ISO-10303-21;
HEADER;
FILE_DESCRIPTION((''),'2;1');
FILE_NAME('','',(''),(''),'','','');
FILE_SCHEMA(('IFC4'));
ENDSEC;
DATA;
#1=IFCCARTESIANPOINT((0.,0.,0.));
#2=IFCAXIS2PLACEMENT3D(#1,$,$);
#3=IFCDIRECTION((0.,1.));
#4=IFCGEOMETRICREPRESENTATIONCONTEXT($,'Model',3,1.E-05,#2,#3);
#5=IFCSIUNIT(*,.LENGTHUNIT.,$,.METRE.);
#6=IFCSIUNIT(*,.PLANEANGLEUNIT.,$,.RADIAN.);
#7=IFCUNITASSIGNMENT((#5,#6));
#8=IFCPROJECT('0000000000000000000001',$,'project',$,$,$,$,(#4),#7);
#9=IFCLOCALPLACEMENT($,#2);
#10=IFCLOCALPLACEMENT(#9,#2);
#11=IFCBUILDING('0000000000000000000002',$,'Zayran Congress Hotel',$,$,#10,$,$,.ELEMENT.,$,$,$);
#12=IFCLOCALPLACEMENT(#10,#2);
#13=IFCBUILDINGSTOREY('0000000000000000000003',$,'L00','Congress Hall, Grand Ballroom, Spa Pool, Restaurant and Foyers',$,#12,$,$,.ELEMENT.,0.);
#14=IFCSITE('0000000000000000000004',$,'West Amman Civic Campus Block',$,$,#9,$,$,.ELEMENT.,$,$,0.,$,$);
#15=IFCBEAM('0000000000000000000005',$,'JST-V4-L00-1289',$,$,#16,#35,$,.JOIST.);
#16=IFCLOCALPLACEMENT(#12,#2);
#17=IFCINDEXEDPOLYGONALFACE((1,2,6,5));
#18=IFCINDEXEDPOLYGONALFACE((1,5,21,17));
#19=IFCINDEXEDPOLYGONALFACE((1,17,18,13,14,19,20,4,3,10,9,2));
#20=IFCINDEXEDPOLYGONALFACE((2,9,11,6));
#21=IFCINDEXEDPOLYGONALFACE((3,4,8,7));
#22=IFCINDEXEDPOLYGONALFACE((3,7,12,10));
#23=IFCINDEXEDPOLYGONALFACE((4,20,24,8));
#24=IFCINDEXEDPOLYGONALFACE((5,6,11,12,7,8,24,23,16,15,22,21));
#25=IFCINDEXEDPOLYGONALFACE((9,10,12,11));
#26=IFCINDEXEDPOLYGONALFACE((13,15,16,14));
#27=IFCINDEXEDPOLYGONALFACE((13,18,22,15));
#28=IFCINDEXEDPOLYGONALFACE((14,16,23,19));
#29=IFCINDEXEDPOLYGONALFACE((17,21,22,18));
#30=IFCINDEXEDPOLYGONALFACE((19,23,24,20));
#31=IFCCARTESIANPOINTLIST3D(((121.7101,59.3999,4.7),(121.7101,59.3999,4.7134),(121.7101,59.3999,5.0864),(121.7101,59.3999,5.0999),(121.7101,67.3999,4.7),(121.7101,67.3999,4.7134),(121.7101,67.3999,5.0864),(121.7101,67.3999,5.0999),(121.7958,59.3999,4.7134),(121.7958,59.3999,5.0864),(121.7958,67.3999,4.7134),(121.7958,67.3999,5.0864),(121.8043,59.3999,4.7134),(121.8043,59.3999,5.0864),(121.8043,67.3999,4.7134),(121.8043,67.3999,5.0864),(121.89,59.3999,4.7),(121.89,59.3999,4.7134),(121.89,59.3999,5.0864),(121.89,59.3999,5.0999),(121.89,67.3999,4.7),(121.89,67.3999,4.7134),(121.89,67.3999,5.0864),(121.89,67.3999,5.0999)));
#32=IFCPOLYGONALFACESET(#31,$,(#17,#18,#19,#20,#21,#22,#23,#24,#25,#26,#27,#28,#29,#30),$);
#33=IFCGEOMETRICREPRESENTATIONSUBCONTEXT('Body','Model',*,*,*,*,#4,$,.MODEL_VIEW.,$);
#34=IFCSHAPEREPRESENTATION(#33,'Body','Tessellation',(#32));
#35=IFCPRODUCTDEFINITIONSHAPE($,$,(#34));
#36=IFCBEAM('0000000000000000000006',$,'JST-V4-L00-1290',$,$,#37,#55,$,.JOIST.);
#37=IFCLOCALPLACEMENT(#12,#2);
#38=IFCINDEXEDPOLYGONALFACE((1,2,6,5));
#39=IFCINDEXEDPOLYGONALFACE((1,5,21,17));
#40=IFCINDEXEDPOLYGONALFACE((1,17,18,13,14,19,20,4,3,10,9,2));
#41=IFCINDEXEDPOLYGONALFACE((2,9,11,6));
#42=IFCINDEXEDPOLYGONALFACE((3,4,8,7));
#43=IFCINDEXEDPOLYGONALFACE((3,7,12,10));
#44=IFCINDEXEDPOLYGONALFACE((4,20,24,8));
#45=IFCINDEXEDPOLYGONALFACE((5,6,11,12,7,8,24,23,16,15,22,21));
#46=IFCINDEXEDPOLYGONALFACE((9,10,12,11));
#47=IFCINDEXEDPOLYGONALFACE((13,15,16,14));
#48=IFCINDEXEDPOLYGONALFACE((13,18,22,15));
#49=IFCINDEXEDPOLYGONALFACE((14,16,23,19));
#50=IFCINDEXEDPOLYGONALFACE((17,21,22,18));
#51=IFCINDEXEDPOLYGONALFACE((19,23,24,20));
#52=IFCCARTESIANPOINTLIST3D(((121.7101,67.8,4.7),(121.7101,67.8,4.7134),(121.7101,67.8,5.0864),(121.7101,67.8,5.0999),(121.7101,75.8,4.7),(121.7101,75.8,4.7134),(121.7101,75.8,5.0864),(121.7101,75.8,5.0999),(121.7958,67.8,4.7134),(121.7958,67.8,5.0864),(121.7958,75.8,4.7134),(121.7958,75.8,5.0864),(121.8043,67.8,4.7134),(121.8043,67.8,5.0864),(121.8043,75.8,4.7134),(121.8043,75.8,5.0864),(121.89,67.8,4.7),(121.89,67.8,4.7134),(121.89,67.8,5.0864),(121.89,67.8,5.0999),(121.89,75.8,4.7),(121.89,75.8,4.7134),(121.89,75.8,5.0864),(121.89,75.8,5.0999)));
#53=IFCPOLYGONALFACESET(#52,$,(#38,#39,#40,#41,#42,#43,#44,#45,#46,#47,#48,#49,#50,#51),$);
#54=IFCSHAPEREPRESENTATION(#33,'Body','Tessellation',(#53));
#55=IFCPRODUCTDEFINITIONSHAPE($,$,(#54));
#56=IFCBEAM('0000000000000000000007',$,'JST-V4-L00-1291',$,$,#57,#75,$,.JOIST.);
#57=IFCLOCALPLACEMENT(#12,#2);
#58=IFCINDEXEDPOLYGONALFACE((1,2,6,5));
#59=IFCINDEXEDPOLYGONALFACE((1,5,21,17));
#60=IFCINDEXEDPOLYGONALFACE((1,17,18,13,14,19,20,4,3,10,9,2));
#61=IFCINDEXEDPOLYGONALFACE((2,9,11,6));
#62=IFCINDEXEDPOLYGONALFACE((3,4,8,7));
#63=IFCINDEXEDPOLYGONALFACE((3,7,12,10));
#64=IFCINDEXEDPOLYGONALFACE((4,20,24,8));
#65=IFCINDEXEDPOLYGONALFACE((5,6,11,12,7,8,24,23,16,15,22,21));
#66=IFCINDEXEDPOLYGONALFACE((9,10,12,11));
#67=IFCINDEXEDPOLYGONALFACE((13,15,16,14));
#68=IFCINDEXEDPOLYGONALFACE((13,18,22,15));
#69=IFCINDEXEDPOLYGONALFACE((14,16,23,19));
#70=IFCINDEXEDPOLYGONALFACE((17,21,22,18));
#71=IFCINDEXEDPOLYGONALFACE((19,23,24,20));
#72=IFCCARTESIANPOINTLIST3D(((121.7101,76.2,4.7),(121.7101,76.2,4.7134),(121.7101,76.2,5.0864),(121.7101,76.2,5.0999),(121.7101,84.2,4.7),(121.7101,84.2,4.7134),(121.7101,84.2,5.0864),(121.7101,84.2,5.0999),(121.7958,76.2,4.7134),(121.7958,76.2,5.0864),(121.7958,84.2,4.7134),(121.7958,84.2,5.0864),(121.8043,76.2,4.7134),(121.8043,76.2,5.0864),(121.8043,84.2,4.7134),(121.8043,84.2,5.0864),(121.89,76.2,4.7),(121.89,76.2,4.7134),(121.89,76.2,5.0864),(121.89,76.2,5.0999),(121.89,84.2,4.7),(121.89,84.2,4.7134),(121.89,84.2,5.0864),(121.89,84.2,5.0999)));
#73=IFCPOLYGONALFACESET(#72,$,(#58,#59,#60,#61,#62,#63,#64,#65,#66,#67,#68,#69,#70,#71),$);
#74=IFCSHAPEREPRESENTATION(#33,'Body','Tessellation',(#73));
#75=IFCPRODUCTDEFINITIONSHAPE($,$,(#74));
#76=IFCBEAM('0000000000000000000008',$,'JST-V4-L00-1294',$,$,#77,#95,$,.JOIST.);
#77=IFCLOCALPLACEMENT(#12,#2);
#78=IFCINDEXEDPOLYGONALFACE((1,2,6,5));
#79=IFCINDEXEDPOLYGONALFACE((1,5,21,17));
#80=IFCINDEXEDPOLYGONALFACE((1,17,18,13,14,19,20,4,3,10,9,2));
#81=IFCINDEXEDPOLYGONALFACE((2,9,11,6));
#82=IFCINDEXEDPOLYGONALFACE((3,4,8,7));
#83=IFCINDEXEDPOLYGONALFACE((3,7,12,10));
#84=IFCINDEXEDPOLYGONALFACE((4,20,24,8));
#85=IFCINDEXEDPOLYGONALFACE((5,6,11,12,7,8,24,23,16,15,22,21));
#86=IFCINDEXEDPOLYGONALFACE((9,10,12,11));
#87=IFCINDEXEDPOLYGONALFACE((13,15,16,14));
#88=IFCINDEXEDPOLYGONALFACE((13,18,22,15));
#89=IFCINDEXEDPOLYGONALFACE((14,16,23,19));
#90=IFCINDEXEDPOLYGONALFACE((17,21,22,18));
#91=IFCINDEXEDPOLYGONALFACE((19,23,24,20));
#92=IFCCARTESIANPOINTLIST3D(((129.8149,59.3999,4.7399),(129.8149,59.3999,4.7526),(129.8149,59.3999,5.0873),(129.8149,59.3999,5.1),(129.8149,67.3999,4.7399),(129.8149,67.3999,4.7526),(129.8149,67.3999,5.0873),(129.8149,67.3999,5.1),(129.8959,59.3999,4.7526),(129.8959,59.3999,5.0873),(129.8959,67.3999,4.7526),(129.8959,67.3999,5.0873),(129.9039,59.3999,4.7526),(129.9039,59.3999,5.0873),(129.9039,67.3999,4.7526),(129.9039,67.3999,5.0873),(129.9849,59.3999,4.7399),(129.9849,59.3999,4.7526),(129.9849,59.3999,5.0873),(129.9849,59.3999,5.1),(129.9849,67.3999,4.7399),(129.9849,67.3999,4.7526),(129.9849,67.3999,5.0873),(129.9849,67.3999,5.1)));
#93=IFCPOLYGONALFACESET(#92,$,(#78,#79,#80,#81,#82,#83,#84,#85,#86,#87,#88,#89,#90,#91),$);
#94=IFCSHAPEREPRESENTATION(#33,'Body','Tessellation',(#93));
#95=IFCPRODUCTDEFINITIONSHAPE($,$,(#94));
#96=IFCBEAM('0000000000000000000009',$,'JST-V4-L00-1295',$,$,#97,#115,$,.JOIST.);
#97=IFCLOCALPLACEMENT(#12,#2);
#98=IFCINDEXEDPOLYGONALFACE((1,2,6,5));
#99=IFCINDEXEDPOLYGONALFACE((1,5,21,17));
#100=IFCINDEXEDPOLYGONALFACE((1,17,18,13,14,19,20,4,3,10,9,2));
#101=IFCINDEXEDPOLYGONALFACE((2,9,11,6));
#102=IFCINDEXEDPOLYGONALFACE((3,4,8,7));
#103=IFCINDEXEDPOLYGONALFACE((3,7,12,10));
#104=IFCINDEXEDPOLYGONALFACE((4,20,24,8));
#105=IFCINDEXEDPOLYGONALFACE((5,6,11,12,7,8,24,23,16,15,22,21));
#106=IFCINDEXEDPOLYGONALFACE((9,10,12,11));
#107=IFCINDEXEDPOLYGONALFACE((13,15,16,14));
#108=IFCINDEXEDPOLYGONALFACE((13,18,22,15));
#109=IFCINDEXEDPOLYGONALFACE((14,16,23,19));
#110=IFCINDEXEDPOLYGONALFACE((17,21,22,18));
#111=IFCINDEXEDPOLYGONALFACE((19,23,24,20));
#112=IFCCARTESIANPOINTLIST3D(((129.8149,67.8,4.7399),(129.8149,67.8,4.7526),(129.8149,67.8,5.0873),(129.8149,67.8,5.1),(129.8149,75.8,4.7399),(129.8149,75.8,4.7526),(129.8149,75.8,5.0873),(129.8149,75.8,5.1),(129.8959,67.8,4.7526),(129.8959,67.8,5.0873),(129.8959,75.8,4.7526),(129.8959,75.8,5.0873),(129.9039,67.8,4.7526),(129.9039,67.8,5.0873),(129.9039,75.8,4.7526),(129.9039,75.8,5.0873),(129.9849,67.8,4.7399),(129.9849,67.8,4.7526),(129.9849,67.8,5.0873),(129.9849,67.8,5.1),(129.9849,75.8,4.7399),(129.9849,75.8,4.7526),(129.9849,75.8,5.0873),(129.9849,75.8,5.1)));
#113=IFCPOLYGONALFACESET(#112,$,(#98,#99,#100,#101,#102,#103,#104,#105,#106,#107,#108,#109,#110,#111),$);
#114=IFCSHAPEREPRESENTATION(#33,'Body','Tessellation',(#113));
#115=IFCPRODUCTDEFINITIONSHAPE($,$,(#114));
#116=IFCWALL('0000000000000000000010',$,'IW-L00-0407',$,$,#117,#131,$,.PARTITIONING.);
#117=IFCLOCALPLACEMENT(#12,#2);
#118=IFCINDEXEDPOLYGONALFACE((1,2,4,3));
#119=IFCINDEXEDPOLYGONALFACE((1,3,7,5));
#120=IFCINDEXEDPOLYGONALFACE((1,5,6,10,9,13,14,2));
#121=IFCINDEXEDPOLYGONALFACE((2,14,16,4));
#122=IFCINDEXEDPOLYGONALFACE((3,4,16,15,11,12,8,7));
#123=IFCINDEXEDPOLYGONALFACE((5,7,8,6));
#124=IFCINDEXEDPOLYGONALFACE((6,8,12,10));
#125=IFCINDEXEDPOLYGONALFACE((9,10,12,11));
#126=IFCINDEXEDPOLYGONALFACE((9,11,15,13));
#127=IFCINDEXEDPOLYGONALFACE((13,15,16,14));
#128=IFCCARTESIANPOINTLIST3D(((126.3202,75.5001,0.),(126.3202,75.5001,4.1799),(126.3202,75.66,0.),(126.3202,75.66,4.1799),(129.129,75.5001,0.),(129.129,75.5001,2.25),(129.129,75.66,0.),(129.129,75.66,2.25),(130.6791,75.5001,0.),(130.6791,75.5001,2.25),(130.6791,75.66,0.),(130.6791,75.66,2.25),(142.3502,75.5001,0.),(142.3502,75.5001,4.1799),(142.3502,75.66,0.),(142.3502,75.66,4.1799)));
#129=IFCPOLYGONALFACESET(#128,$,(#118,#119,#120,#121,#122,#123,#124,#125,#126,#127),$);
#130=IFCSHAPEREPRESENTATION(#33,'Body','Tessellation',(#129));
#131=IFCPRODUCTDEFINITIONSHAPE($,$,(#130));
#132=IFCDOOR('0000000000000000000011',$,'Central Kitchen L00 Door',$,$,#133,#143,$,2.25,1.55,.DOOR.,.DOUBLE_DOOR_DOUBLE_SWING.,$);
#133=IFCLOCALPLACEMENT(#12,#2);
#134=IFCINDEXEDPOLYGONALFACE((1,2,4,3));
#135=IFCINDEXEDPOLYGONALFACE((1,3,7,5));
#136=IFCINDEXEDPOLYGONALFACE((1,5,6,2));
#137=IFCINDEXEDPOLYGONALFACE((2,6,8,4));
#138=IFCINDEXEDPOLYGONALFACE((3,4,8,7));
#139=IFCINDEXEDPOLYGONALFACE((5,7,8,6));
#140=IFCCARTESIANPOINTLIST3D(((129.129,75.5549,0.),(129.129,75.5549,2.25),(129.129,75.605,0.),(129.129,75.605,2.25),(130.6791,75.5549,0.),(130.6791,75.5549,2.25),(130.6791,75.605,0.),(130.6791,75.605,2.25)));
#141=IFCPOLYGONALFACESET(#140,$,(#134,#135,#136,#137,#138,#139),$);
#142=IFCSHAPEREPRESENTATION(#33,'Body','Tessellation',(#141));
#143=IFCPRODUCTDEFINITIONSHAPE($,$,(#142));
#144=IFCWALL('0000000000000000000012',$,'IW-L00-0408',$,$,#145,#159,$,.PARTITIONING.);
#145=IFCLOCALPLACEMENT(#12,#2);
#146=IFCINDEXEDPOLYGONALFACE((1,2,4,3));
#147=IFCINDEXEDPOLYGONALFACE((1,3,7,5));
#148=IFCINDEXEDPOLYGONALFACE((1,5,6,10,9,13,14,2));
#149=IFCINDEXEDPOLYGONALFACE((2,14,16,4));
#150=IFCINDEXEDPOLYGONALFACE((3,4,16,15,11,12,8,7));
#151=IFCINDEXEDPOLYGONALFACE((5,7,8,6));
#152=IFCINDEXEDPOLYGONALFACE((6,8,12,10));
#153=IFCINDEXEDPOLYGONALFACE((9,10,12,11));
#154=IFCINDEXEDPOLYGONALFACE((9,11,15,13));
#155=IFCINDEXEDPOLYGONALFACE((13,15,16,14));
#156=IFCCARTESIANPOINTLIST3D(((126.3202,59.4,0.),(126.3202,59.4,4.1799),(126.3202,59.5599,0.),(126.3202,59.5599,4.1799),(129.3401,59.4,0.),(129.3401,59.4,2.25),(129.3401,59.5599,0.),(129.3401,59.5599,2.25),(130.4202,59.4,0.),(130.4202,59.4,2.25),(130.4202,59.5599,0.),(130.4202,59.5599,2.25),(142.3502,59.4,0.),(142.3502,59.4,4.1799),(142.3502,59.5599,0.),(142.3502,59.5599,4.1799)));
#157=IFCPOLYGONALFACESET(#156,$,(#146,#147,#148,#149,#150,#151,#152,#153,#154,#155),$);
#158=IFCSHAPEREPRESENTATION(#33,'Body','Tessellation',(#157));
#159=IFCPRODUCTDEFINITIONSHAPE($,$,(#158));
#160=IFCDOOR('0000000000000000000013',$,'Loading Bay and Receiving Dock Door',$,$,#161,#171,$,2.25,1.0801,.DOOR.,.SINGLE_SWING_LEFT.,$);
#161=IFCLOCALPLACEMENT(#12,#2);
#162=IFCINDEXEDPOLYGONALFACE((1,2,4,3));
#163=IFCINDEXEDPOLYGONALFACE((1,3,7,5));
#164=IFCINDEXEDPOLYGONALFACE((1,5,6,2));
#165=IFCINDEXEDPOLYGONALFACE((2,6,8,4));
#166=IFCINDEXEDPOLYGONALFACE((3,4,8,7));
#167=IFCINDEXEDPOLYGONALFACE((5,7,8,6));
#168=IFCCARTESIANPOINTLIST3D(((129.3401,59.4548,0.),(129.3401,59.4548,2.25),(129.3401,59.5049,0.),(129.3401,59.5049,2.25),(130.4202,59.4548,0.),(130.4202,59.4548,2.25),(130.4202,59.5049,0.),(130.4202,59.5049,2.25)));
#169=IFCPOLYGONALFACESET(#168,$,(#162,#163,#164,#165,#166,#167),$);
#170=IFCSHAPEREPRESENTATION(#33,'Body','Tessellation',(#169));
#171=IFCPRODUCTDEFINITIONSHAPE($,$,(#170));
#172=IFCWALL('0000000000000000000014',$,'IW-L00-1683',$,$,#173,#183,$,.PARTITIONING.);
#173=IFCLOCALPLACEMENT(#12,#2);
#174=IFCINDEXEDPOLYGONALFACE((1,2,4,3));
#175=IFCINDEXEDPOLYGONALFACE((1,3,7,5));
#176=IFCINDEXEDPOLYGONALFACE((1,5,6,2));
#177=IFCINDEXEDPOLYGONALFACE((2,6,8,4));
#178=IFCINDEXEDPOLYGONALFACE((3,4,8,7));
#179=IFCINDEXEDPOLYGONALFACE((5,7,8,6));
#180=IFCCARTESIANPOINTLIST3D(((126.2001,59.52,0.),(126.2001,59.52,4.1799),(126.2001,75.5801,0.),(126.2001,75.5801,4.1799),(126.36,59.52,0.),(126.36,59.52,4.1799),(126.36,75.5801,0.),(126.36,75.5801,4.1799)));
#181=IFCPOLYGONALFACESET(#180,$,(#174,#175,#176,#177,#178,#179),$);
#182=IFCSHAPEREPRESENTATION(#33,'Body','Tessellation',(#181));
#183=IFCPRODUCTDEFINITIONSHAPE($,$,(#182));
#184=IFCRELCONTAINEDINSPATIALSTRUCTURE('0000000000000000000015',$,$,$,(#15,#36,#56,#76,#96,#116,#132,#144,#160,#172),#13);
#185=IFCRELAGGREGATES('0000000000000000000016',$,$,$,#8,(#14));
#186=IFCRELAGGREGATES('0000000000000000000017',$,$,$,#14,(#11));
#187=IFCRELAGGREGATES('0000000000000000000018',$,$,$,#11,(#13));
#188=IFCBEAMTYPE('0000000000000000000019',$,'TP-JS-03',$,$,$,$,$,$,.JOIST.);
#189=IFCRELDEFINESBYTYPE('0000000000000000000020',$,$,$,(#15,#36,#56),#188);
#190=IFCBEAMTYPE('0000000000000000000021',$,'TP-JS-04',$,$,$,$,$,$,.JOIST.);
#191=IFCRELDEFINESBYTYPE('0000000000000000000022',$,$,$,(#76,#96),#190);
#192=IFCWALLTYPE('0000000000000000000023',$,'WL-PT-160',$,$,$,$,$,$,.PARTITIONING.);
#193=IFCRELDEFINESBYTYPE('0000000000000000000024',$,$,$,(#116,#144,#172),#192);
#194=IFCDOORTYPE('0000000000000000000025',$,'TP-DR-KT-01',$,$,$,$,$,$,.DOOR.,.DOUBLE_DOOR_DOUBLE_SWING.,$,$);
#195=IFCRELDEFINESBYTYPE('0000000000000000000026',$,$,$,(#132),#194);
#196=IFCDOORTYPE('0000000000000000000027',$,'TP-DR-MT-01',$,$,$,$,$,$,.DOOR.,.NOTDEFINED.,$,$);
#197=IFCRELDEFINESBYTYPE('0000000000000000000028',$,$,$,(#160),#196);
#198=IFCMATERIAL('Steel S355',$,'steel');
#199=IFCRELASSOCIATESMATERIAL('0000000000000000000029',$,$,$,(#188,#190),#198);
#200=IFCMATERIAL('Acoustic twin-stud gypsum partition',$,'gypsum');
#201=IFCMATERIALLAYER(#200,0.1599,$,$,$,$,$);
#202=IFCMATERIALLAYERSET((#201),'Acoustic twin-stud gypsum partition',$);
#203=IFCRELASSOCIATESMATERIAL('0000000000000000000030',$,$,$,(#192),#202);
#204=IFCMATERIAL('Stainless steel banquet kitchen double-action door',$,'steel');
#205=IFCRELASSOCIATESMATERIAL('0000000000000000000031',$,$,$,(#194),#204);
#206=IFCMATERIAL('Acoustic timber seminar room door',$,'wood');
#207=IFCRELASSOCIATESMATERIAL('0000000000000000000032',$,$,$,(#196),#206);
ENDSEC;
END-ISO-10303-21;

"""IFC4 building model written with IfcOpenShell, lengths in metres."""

from ifc_helpers import new_model, si_unit, direction, frame, frame_2d, origin, origin_2d, place, context, subcontext, project, spatial, rectangle, i_section, extrude, material, layer, layer_set, material_profile, profile_set, type_object, element, fill, save


model = new_model("IFC4")

# Units and contexts
model_context = context("Model", 3, precision=1e-05, world=origin(), true_north=direction((0.0, 1.0)))
body_context = subcontext(model_context, "Body", "Model", "MODEL_VIEW")
ifc_project = project(units=[si_unit("LENGTHUNIT", "METRE"), si_unit("PLANEANGLEUNIT", "RADIAN")], contexts=[model_context])

# Site, building, storey
site_placement = place(None, origin())
site = spatial("IfcSite", under=ifc_project, at=site_placement, Name="West Amman Civic Campus Block", CompositionType="ELEMENT", RefElevation=0.0)
building_placement = place(site_placement, origin())
building = spatial("IfcBuilding", under=site, at=building_placement, Name="Zayran Congress Hotel", CompositionType="ELEMENT")
storey_placement = place(building_placement, origin())
storey = spatial("IfcBuildingStorey", under=building, at=storey_placement, Name="L00", Description="Congress Hall, Grand Ballroom, Spa Pool, Restaurant and Foyers", CompositionType="ELEMENT", Elevation=0.0)

# Beams
ifc_material_1 = material(Name="Steel S355", Category="steel")
ifc_material_profile_1 = material_profile(ifc_material_1, i_section(OverallWidth=0.1799, OverallDepth=0.3999, WebThickness=0.0085, FlangeThickness=0.0134, at=origin_2d()), Name="IPE 400")
ifc_profile_set_1 = profile_set([ifc_material_profile_1], Name="Steel S355")
beam_type_1 = type_object("IfcBeamType", Name="TP-JS-03", PredefinedType="JOIST", material=ifc_profile_set_1)
for number, where, z_axis, x_axis, name in (
    (1, (121.8, 59.3999, 4.8999), (0.0, 1.0, 0.0), (-1.0, 0.0, 0.0), "JST-V4-L00-1289"),
    (2, (121.8, 67.8, 4.8999), (0.0, 1.0, 0.0), (-1.0, 0.0, 0.0), "JST-V4-L00-1290"),
    (3, (121.8, 76.2, 4.8999), (0.0, 1.0, 0.0), (-1.0, 0.0, 0.0), "JST-V4-L00-1291"),
):
    element("IfcBeam", number, at=place(storey_placement, frame(where, z_axis=z_axis, x_axis=x_axis)), inside=storey, type_object=beam_type_1, Name=name, PredefinedType="JOIST", context=body_context, shape_type="SweptSolid", body=[
        extrude(i_section(OverallWidth=0.1799, OverallDepth=0.3999, WebThickness=0.0085, FlangeThickness=0.0134, at=origin_2d()), origin(), (0.0, 0.0, 1.0), 8.0),
    ])
ifc_material_profile_2 = material_profile(ifc_material_1, i_section(OverallWidth=0.1699, OverallDepth=0.3601, WebThickness=0.0081, FlangeThickness=0.0127, at=origin_2d()), Name="IPE 360")
ifc_profile_set_2 = profile_set([ifc_material_profile_2], Name="Steel S355")
beam_type_2 = type_object("IfcBeamType", Name="TP-JS-04", PredefinedType="JOIST", material=ifc_profile_set_2)
for number, where, z_axis, x_axis, name in (
    (4, (129.8999, 59.3999, 4.9199), (0.0, 1.0, 0.0), (-1.0, 0.0, 0.0), "JST-V4-L00-1294"),
    (5, (129.8999, 67.8, 4.9199), (0.0, 1.0, 0.0), (-1.0, 0.0, 0.0), "JST-V4-L00-1295"),
):
    element("IfcBeam", number, at=place(storey_placement, frame(where, z_axis=z_axis, x_axis=x_axis)), inside=storey, type_object=beam_type_2, Name=name, PredefinedType="JOIST", context=body_context, shape_type="SweptSolid", body=[
        extrude(i_section(OverallWidth=0.1699, OverallDepth=0.3601, WebThickness=0.0081, FlangeThickness=0.0127, at=origin_2d()), origin(), (0.0, 0.0, 1.0), 8.0),
    ])

# Walls, openings, doors
ifc_material_2 = material(Name="Acoustic twin-stud gypsum partition", Category="gypsum")
ifc_layer = layer(ifc_material_2, 0.1599)
ifc_layer_set = layer_set([ifc_layer], Name="Acoustic twin-stud gypsum partition")
wall_type = type_object("IfcWallType", Name="WL-PT-160", PredefinedType="PARTITIONING", material=ifc_layer_set)
wall_1_placement = place(storey_placement, frame((126.3201, 75.5801, 0.0), z_axis=(0.0, 0.0, 1.0), x_axis=(1.0, 0.0, 0.0)))
wall_1 = element("IfcWall", 6, at=wall_1_placement, inside=storey, type_object=wall_type, Name="IW-L00-0407", PredefinedType="PARTITIONING", context=body_context, shape_type="SweptSolid", body=[
    extrude(rectangle(XDim=16.03, YDim=0.1599, at=frame_2d((8.0151, 0.0))), origin(), (0.0, 0.0, 1.0), 4.1799),
])
opening_1_placement = place(wall_1_placement, frame((2.8091, 0.0, 0.0)))
opening_1 = element("IfcOpeningElement", 7, at=opening_1_placement, cuts=wall_1, PredefinedType="OPENING", context=body_context, shape_type="SweptSolid", body=[
    extrude(rectangle(XDim=1.55, YDim=2.25, at=frame_2d((0.7749, 1.125))), frame((0.0, 0.0898, 0.0), z_axis=(0.0, -1.0, 0.0), x_axis=(1.0, 0.0, 0.0)), (0.0, 0.0, 1.0), 0.1799),
])
ifc_material_3 = material(Name="Stainless steel banquet kitchen double-action door", Category="steel")
door_type_1 = type_object("IfcDoorType", Name="TP-DR-KT-01", OperationType="DOUBLE_DOOR_DOUBLE_SWING", PredefinedType="DOOR", material=ifc_material_3)
door_1_placement = place(opening_1_placement, origin())
door_1 = element("IfcDoor", 8, at=door_1_placement, inside=storey, type_object=door_type_1, Name="Central Kitchen L00 Door", OperationType="DOUBLE_DOOR_DOUBLE_SWING", OverallHeight=2.25, OverallWidth=1.55, PredefinedType="DOOR", context=body_context, shape_type="SweptSolid", body=[
    extrude(rectangle(XDim=1.55, YDim=2.25, at=frame_2d((0.7749, 1.125))), frame((0.0, 0.0249, 0.0), z_axis=(0.0, -1.0, 0.0), x_axis=(1.0, 0.0, 0.0)), (0.0, 0.0, 1.0), 0.05),
])
fill(opening_1, door_1)
wall_2_placement = place(storey_placement, frame((126.3201, 59.48, 0.0), z_axis=(0.0, 0.0, 1.0), x_axis=(1.0, 0.0, 0.0)))
wall_2 = element("IfcWall", 9, at=wall_2_placement, inside=storey, type_object=wall_type, Name="IW-L00-0408", PredefinedType="PARTITIONING", context=body_context, shape_type="SweptSolid", body=[
    extrude(rectangle(XDim=16.03, YDim=0.1599, at=frame_2d((8.0151, 0.0))), origin(), (0.0, 0.0, 1.0), 4.1799),
])
opening_2_placement = place(wall_2_placement, frame((3.02, 0.0, 0.0)))
opening_2 = element("IfcOpeningElement", 10, at=opening_2_placement, cuts=wall_2, PredefinedType="OPENING", context=body_context, shape_type="SweptSolid", body=[
    extrude(rectangle(XDim=1.0801, YDim=2.25, at=frame_2d((0.54, 1.125))), frame((0.0, 0.0898, 0.0), z_axis=(0.0, -1.0, 0.0), x_axis=(1.0, 0.0, 0.0)), (0.0, 0.0, 1.0), 0.1799),
])
ifc_material_4 = material(Name="Acoustic timber seminar room door", Category="wood")
door_type_2 = type_object("IfcDoorType", Name="TP-DR-MT-01", OperationType="NOTDEFINED", PredefinedType="DOOR", material=ifc_material_4)
door_2_placement = place(opening_2_placement, origin())
door_2 = element("IfcDoor", 11, at=door_2_placement, inside=storey, type_object=door_type_2, Name="Loading Bay and Receiving Dock Door", OperationType="SINGLE_SWING_LEFT", OverallHeight=2.25, OverallWidth=1.0801, PredefinedType="DOOR", context=body_context, shape_type="SweptSolid", body=[
    extrude(rectangle(XDim=1.0801, YDim=2.25, at=frame_2d((0.54, 1.125))), frame((0.0, 0.0249, 0.0), z_axis=(0.0, -1.0, 0.0), x_axis=(1.0, 0.0, 0.0)), (0.0, 0.0, 1.0), 0.05),
])
fill(opening_2, door_2)

# Wall
wall_3_placement = place(storey_placement, frame((126.28, 59.52, 0.0), z_axis=(0.0, 0.0, 1.0), x_axis=(0.0, 1.0, 0.0)))
element("IfcWall", 12, at=wall_3_placement, inside=storey, type_object=wall_type, Name="IW-L00-1683", PredefinedType="PARTITIONING", context=body_context, shape_type="SweptSolid", body=[
    extrude(rectangle(XDim=16.0601, YDim=0.1599, at=frame_2d((8.03, 0.0))), origin(), (0.0, 0.0, 1.0), 4.1799),
])

save(model, "model.ifc")
